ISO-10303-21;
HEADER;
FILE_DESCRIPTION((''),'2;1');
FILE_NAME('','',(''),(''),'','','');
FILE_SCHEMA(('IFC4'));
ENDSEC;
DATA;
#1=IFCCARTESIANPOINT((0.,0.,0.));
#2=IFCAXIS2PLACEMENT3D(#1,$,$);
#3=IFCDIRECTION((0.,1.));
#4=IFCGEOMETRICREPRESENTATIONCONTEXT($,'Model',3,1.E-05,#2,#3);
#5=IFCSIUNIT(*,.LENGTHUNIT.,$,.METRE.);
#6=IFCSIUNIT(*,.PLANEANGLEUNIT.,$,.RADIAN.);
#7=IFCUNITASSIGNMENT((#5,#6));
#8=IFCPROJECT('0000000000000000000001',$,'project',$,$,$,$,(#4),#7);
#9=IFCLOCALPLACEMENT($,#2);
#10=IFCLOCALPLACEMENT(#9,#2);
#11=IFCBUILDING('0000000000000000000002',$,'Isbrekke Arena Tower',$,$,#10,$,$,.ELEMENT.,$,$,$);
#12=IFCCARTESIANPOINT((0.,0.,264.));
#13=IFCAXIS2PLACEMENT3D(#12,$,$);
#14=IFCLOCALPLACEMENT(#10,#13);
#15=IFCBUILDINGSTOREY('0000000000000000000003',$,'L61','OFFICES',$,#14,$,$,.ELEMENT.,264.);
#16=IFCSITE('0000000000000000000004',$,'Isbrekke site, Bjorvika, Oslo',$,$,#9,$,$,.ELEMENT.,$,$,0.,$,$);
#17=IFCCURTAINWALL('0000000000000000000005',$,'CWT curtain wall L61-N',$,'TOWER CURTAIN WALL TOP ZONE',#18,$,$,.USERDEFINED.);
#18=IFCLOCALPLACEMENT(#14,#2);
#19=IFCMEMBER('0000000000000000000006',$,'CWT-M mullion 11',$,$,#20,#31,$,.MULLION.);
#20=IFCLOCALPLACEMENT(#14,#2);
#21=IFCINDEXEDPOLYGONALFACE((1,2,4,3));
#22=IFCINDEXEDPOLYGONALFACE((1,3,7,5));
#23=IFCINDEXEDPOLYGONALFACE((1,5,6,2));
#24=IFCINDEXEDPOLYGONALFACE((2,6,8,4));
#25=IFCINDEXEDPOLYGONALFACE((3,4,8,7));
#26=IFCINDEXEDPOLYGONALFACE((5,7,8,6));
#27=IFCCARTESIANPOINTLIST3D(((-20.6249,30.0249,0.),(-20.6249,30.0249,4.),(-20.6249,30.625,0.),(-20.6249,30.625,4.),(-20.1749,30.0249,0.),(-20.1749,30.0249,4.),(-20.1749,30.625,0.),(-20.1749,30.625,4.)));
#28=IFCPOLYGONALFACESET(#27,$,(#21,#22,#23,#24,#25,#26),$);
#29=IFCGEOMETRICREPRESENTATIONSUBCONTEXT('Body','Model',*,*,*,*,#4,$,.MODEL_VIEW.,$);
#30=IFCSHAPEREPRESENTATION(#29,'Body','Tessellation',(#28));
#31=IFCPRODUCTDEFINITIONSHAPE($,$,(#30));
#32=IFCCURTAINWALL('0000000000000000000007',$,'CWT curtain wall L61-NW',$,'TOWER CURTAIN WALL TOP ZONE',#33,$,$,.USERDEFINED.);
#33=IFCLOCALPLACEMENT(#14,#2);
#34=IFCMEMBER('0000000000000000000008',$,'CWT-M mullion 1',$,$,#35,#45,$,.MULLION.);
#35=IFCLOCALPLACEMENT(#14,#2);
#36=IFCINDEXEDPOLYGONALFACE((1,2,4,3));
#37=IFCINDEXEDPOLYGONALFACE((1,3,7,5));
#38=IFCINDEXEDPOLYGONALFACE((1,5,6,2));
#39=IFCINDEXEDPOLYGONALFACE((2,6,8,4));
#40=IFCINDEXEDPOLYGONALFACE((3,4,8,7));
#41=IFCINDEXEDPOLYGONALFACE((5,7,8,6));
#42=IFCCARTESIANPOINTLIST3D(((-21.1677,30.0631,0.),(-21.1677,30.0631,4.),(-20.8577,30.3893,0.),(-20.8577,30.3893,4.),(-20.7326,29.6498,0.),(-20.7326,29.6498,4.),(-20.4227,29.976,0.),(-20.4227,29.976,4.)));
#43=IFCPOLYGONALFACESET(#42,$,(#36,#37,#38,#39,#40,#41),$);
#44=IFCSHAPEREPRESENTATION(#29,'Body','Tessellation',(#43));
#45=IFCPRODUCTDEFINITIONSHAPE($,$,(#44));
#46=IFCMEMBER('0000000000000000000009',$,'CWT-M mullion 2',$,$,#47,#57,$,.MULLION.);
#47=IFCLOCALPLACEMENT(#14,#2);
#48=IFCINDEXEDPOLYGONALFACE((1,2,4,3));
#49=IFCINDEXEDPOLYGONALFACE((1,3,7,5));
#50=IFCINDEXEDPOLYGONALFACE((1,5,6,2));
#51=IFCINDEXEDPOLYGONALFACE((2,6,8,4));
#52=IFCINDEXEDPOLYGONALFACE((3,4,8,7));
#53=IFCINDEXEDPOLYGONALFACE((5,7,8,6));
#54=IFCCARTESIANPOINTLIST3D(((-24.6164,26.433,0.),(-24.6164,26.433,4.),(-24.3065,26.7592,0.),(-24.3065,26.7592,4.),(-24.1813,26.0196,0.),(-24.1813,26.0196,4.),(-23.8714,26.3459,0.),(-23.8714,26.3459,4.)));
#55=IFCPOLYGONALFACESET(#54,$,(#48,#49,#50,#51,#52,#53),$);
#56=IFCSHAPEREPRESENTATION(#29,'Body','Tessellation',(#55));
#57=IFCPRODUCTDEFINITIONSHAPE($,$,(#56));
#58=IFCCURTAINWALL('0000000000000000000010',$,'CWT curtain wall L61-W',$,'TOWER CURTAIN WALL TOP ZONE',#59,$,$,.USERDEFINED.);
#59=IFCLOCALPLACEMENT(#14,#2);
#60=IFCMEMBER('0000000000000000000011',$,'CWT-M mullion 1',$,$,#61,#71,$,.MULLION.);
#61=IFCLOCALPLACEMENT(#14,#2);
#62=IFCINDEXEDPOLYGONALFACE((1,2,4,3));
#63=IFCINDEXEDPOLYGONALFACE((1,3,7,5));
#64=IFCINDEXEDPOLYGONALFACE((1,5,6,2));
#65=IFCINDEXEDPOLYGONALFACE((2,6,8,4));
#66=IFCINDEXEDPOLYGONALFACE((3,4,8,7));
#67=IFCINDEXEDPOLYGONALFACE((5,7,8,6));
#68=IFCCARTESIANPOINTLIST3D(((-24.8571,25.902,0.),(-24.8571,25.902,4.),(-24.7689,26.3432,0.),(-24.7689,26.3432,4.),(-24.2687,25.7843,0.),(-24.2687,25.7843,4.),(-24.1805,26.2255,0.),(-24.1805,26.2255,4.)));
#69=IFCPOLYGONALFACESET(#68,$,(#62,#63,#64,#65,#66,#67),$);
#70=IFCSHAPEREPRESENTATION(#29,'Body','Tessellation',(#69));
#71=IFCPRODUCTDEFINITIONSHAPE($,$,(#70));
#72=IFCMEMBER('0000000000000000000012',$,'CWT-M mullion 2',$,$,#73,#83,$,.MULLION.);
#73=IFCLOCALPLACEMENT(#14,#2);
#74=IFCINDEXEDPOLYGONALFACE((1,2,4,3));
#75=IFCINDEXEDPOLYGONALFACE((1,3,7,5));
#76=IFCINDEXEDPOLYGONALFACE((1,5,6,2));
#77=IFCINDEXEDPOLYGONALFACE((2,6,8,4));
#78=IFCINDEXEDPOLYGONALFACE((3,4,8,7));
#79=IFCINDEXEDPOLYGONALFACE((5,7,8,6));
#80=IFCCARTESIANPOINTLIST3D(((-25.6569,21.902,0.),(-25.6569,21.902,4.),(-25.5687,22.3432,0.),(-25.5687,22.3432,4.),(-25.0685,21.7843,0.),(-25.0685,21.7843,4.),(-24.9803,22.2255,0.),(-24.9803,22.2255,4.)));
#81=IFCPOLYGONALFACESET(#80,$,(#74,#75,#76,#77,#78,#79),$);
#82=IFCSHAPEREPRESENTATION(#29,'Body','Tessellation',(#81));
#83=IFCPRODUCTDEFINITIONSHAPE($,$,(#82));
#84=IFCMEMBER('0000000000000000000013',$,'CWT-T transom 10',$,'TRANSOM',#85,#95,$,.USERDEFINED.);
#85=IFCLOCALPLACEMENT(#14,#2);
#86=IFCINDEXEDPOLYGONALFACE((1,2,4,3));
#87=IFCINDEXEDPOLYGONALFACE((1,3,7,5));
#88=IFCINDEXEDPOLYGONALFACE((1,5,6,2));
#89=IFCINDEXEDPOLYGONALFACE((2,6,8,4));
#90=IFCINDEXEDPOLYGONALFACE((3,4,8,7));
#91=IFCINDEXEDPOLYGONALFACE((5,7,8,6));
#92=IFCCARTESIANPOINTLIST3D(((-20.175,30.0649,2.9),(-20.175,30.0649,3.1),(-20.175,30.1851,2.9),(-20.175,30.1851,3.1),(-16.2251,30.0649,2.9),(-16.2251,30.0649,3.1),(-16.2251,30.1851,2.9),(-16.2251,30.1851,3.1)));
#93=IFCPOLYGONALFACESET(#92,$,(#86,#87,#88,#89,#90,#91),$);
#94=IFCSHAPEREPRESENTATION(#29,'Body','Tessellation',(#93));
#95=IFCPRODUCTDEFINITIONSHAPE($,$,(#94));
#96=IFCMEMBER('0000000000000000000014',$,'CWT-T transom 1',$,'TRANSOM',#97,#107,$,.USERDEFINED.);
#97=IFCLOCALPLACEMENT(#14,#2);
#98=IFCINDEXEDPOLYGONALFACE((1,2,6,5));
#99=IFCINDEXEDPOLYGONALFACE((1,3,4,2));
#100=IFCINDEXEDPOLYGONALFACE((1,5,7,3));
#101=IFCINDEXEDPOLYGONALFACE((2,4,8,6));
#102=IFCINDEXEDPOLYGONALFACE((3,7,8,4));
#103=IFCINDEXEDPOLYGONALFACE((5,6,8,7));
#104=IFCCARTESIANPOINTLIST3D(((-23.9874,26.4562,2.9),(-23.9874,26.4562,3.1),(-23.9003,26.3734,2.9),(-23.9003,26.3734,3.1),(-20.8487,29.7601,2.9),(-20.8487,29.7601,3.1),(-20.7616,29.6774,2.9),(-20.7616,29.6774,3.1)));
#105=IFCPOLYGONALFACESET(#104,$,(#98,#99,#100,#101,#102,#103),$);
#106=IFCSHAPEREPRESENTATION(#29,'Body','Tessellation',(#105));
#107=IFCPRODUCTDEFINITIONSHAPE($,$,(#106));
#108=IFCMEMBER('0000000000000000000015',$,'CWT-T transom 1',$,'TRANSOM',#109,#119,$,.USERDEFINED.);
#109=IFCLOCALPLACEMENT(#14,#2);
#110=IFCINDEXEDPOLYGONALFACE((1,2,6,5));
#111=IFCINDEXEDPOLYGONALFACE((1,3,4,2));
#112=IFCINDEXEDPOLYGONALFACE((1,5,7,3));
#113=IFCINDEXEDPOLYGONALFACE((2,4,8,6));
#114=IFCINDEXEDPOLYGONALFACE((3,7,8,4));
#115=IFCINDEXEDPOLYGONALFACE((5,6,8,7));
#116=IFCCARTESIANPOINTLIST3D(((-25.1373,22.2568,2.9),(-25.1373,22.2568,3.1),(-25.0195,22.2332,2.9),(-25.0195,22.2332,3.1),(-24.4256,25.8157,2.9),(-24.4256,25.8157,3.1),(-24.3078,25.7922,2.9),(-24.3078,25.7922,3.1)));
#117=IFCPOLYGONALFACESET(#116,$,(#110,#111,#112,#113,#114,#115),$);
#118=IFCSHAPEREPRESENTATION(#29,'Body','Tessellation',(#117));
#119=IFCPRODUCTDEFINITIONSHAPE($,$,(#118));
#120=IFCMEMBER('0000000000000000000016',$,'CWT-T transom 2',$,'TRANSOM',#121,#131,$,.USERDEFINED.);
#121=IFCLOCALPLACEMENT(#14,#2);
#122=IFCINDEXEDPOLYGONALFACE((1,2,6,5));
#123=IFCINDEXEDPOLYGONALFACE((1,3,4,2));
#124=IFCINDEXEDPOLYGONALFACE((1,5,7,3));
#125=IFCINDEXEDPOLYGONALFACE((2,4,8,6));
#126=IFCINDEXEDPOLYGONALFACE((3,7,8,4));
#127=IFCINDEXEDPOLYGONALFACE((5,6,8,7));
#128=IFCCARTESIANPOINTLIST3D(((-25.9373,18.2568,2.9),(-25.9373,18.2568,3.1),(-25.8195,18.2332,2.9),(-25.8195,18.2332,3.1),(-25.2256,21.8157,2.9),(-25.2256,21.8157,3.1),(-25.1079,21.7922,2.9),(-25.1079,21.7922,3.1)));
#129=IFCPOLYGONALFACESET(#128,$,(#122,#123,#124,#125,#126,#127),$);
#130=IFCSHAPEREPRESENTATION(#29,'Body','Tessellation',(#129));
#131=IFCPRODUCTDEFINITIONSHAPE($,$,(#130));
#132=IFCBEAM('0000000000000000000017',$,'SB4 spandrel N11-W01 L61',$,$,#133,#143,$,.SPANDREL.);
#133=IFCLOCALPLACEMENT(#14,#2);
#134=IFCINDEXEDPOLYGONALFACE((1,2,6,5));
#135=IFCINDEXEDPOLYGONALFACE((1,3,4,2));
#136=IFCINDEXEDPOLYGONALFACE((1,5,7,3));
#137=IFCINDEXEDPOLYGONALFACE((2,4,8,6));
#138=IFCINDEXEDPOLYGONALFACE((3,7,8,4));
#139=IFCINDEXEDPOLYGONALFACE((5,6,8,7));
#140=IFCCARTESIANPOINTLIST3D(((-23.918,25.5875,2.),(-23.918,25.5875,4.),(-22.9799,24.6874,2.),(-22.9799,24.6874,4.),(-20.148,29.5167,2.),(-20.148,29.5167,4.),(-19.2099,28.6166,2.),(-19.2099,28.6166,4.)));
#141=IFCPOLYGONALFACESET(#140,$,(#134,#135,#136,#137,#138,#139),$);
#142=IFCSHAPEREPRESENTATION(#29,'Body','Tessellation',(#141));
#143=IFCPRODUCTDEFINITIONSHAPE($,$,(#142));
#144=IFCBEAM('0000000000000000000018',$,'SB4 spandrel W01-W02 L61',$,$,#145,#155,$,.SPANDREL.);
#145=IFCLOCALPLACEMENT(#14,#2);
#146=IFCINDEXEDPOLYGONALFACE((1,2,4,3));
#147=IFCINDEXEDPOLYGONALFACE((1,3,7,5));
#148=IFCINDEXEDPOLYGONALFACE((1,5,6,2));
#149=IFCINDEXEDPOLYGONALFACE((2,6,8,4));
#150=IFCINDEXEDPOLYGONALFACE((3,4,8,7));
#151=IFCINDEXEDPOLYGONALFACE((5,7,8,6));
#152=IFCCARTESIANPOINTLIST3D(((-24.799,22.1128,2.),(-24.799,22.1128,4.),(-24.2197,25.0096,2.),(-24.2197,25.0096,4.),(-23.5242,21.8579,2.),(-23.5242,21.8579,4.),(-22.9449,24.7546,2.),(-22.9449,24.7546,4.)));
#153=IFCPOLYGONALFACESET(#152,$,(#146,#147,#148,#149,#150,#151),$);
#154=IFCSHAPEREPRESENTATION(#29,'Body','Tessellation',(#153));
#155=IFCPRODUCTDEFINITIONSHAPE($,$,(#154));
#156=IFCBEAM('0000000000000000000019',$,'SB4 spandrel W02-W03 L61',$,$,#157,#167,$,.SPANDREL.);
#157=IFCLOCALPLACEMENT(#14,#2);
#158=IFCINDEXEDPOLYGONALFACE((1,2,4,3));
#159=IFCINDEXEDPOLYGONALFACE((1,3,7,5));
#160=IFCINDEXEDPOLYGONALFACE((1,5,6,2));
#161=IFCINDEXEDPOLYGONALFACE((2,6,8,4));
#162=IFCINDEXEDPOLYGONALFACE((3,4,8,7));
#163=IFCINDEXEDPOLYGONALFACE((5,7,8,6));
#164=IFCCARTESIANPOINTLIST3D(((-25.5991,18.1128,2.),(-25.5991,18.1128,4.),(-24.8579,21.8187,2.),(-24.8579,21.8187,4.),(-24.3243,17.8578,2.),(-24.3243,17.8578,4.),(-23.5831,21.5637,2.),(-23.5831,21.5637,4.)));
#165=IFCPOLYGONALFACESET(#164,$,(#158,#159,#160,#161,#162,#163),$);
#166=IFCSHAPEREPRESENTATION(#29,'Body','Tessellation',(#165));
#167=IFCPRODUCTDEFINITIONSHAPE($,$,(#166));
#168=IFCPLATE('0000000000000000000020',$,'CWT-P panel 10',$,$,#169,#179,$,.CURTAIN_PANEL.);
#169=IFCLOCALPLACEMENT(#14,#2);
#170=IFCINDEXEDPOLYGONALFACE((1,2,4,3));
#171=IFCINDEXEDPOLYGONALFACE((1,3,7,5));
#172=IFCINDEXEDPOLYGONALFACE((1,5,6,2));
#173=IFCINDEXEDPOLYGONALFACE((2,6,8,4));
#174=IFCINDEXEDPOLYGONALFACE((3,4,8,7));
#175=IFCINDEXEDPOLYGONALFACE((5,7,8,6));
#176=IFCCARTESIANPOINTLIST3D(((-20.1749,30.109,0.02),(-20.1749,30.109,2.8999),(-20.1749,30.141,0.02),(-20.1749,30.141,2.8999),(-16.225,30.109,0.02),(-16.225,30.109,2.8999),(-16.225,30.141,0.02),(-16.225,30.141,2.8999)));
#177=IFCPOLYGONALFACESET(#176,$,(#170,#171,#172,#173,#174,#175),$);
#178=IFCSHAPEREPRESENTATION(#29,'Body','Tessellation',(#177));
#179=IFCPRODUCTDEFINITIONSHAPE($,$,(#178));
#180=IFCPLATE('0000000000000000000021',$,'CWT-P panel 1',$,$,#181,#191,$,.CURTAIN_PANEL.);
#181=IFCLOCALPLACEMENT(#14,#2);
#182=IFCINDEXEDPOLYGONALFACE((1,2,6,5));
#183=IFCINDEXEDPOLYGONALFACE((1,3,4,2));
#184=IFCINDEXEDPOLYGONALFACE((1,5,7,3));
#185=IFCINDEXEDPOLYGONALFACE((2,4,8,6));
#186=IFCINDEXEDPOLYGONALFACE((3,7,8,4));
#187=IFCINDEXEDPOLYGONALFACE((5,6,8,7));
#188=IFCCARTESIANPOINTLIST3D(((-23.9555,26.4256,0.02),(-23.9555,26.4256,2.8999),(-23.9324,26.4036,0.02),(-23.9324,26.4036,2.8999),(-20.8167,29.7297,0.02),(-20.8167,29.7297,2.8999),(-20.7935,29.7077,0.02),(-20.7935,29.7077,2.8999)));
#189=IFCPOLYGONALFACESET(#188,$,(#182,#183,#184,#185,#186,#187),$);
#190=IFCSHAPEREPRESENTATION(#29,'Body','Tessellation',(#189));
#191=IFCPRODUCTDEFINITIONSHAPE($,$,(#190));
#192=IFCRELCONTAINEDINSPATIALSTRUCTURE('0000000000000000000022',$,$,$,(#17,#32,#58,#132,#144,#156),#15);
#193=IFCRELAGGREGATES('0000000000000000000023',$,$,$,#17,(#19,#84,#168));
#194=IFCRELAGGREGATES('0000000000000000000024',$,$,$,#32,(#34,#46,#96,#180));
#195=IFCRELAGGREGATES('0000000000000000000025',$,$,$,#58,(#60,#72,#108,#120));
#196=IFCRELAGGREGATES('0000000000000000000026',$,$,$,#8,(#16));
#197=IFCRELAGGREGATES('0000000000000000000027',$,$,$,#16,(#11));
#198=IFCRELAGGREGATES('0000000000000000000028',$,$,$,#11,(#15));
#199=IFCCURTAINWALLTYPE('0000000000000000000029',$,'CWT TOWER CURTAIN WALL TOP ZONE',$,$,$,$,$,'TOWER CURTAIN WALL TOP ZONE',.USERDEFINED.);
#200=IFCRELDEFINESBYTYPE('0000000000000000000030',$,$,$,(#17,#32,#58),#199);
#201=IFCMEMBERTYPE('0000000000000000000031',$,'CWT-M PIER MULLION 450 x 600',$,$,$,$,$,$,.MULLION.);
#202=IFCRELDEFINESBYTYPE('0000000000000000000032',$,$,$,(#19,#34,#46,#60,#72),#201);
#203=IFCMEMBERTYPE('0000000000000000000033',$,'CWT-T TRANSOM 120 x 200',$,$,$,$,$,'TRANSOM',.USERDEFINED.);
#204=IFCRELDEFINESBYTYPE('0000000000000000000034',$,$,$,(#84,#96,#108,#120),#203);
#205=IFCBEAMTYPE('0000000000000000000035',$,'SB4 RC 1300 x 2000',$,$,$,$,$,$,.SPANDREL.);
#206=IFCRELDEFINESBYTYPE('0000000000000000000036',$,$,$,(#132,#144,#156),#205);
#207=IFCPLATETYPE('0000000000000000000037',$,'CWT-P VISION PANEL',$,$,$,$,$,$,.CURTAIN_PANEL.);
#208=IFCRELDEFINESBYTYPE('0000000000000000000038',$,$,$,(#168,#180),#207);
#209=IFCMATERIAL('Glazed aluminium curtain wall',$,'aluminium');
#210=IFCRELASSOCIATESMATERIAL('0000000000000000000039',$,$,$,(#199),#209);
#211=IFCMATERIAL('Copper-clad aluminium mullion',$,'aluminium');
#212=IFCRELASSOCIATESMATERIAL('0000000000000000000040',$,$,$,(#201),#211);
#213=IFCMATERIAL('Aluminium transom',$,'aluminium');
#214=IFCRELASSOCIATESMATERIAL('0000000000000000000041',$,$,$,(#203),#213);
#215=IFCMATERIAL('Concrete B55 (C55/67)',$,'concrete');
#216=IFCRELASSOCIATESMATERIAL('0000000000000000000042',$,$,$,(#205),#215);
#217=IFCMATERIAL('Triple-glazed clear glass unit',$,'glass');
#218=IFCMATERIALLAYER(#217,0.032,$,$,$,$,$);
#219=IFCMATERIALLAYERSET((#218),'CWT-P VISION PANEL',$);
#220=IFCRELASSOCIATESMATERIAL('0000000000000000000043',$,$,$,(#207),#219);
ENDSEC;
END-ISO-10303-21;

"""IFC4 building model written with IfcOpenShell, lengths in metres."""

from ifc_helpers import new_model, si_unit, direction, frame, origin, origin_2d, place, context, subcontext, project, spatial, rectangle, extrude, material, layer, layer_set, material_profile, profile_set, type_object, element, aggregate, save


model = new_model("IFC4")

# Units and contexts
model_context = context("Model", 3, precision=1e-05, world=origin(), true_north=direction((0.0, 1.0)))
body_context = subcontext(model_context, "Body", "Model", "MODEL_VIEW")
ifc_project = project(units=[si_unit("LENGTHUNIT", "METRE"), si_unit("PLANEANGLEUNIT", "RADIAN")], contexts=[model_context])

# Site, building, storey
site_placement = place(None, origin())
site = spatial("IfcSite", under=ifc_project, at=site_placement, Name="Isbrekke site, Bjorvika, Oslo", CompositionType="ELEMENT", RefElevation=0.0)
building_placement = place(site_placement, origin())
building = spatial("IfcBuilding", under=site, at=building_placement, Name="Isbrekke Arena Tower", CompositionType="ELEMENT")
storey_placement = place(building_placement, frame((0.0, 0.0, 264.0)))
storey = spatial("IfcBuildingStorey", under=building, at=storey_placement, Name="L61", Description="OFFICES", CompositionType="ELEMENT", Elevation=264.0)

# Curtain wall, member
ifc_material_1 = material(Name="Glazed aluminium curtain wall", Category="aluminium")
curtain_wall_type = type_object("IfcCurtainWallType", Name="CWT TOWER CURTAIN WALL TOP ZONE", ElementType="TOWER CURTAIN WALL TOP ZONE", PredefinedType="USERDEFINED", material=ifc_material_1)
curtain_wall_1_placement = place(storey_placement, origin())
curtain_wall_1 = element("IfcCurtainWall", 1, at=curtain_wall_1_placement, inside=storey, type_object=curtain_wall_type, Name="CWT curtain wall L61-N", ObjectType="TOWER CURTAIN WALL TOP ZONE", PredefinedType="USERDEFINED")
ifc_material_2 = material(Name="Copper-clad aluminium mullion", Category="aluminium")
ifc_material_profile_1 = material_profile(ifc_material_2, rectangle(XDim=0.45, YDim=0.6001, at=origin_2d()), Name="PIER 450X600")
ifc_profile_set_1 = profile_set([ifc_material_profile_1], Name="Copper-clad aluminium mullion")
member_type_1 = type_object("IfcMemberType", Name="CWT-M PIER MULLION 450 x 600", PredefinedType="MULLION", material=ifc_profile_set_1)
member_1_placement = place(storey_placement, frame((-20.3999, 30.325, 0.0), z_axis=(0.0, 0.0, 1.0), x_axis=(-1.0, 0.0, 0.0)))
member_1 = element("IfcMember", 2, at=member_1_placement, type_object=member_type_1, Name="CWT-M mullion 11", PredefinedType="MULLION", context=body_context, shape_type="SweptSolid", body=[
    extrude(rectangle(XDim=0.45, YDim=0.6001, at=origin_2d()), origin(), (0.0, 0.0, 1.0), 4.0),
])

# Curtain walls, members
curtain_wall_2_placement = place(storey_placement, origin())
curtain_wall_2 = element("IfcCurtainWall", 3, at=curtain_wall_2_placement, inside=storey, type_object=curtain_wall_type, Name="CWT curtain wall L61-NW", ObjectType="TOWER CURTAIN WALL TOP ZONE", PredefinedType="USERDEFINED")
member_2_placement = place(storey_placement, frame((-20.7952, 30.0195, 0.0), z_axis=(0.0, 0.0, 1.0), x_axis=(-0.688749, -0.724999, 0.0)))
member_2 = element("IfcMember", 4, at=member_2_placement, type_object=member_type_1, Name="CWT-M mullion 1", PredefinedType="MULLION", context=body_context, shape_type="SweptSolid", body=[
    extrude(rectangle(XDim=0.45, YDim=0.6001, at=origin_2d()), origin(), (0.0, 0.0, 1.0), 4.0),
])
member_3_placement = place(storey_placement, frame((-24.2439, 26.3894, 0.0), z_axis=(0.0, 0.0, 1.0), x_axis=(-0.688749, -0.724999, 0.0)))
member_3 = element("IfcMember", 5, at=member_3_placement, type_object=member_type_1, Name="CWT-M mullion 2", PredefinedType="MULLION", context=body_context, shape_type="SweptSolid", body=[
    extrude(rectangle(XDim=0.45, YDim=0.6001, at=origin_2d()), origin(), (0.0, 0.0, 1.0), 4.0),
])
curtain_wall_3_placement = place(storey_placement, origin())
curtain_wall_3 = element("IfcCurtainWall", 6, at=curtain_wall_3_placement, inside=storey, type_object=curtain_wall_type, Name="CWT curtain wall L61-W", ObjectType="TOWER CURTAIN WALL TOP ZONE", PredefinedType="USERDEFINED")
member_4_placement = place(storey_placement, frame((-24.5188, 26.0637, 0.0), z_axis=(0.0, 0.0, 1.0), x_axis=(-0.196116, -0.980581, 0.0)))
member_4 = element("IfcMember", 7, at=member_4_placement, type_object=member_type_1, Name="CWT-M mullion 1", PredefinedType="MULLION", context=body_context, shape_type="SweptSolid", body=[
    extrude(rectangle(XDim=0.45, YDim=0.6001, at=origin_2d()), origin(), (0.0, 0.0, 1.0), 4.0),
])
member_5_placement = place(storey_placement, frame((-25.3186, 22.0637, 0.0), z_axis=(0.0, 0.0, 1.0), x_axis=(-0.196116, -0.980581, 0.0)))
member_5 = element("IfcMember", 8, at=member_5_placement, type_object=member_type_1, Name="CWT-M mullion 2", PredefinedType="MULLION", context=body_context, shape_type="SweptSolid", body=[
    extrude(rectangle(XDim=0.45, YDim=0.6001, at=origin_2d()), origin(), (0.0, 0.0, 1.0), 4.0),
])

# Members
ifc_material_3 = material(Name="Aluminium transom", Category="aluminium")
ifc_material_profile_2 = material_profile(ifc_material_3, rectangle(XDim=0.1201, YDim=0.2, at=origin_2d()), Name="TRANSOM 120X200")
ifc_profile_set_2 = profile_set([ifc_material_profile_2], Name="Aluminium transom")
member_type_2 = type_object("IfcMemberType", Name="CWT-T TRANSOM 120 x 200", ElementType="TRANSOM", PredefinedType="USERDEFINED", material=ifc_profile_set_2)
member_6_placement = place(storey_placement, frame((-16.2251, 30.125, 3.0), z_axis=(-1.0, 0.0, 0.0), x_axis=(0.0, -1.0, 0.0)))
member_6 = element("IfcMember", 9, at=member_6_placement, type_object=member_type_2, Name="CWT-T transom 10", ObjectType="TRANSOM", PredefinedType="USERDEFINED", context=body_context, shape_type="SweptSolid", body=[
    extrude(rectangle(XDim=0.1201, YDim=0.2, at=origin_2d()), origin(), (0.0, 0.0, 1.0), 3.95),
])
member_7_placement = place(storey_placement, frame((-20.8052, 29.7188, 3.0), z_axis=(-0.68874, -0.725009, 0.0), x_axis=(0.725009, -0.68874, 0.0)))
member_7 = element("IfcMember", 10, at=member_7_placement, type_object=member_type_2, Name="CWT-T transom 1", ObjectType="TRANSOM", PredefinedType="USERDEFINED", context=body_context, shape_type="SweptSolid", body=[
    extrude(rectangle(XDim=0.1201, YDim=0.2, at=origin_2d()), origin(), (0.0, 0.0, 1.0), 4.5571),
])
member_8_placement = place(storey_placement, frame((-24.3667, 25.804, 3.0), z_axis=(-0.19609, -0.980586, 0.0), x_axis=(0.980586, -0.19609, 0.0)))
member_8 = element("IfcMember", 11, at=member_8_placement, type_object=member_type_2, Name="CWT-T transom 1", ObjectType="TRANSOM", PredefinedType="USERDEFINED", context=body_context, shape_type="SweptSolid", body=[
    extrude(rectangle(XDim=0.1201, YDim=0.2, at=origin_2d()), origin(), (0.0, 0.0, 1.0), 3.6294),
])
member_9_placement = place(storey_placement, frame((-25.1667, 21.804, 3.0), z_axis=(-0.19609, -0.980586, 0.0), x_axis=(0.980586, -0.19609, 0.0)))
member_9 = element("IfcMember", 12, at=member_9_placement, type_object=member_type_2, Name="CWT-T transom 2", ObjectType="TRANSOM", PredefinedType="USERDEFINED", context=body_context, shape_type="SweptSolid", body=[
    extrude(rectangle(XDim=0.1201, YDim=0.2, at=origin_2d()), origin(), (0.0, 0.0, 1.0), 3.6294),
])

# Beams
ifc_material_4 = material(Name="Concrete B55 (C55/67)", Category="concrete")
ifc_material_profile_3 = material_profile(ifc_material_4, rectangle(XDim=1.3, YDim=2.0, at=origin_2d()), Name="RC 1300x2000")
ifc_profile_set_3 = profile_set([ifc_material_profile_3], Name="Concrete B55 (C55/67)")
beam_type_1 = type_object("IfcBeamType", Name="SB4 RC 1300 x 2000", PredefinedType="SPANDREL", material=ifc_profile_set_3)
beam_1_placement = place(storey_placement, frame((-19.679, 29.0667, 3.0), z_axis=(-0.69234, -0.721572, 0.0), x_axis=(0.721572, -0.69234, 0.0)))
element("IfcBeam", 13, at=beam_1_placement, inside=storey, type_object=beam_type_1, Name="SB4 spandrel N11-W01 L61", PredefinedType="SPANDREL", context=body_context, shape_type="SweptSolid", body=[
    extrude(rectangle(XDim=1.3, YDim=2.0, at=origin_2d()), origin(), (0.0, 0.0, 1.0), 5.4453),
])
beam_2_placement = place(storey_placement, frame((-23.5823, 24.8821, 3.0), z_axis=(-0.196116, -0.980581, 0.0), x_axis=(0.980581, -0.196116, 0.0)))
element("IfcBeam", 14, at=beam_2_placement, inside=storey, type_object=beam_type_1, Name="SB4 spandrel W01-W02 L61", PredefinedType="SPANDREL", context=body_context, shape_type="SweptSolid", body=[
    extrude(rectangle(XDim=1.3, YDim=2.0, at=origin_2d()), origin(), (0.0, 0.0, 1.0), 2.9541),
])
beam_3_placement = place(storey_placement, frame((-24.2205, 21.6912, 3.0), z_axis=(-0.196129, -0.980578, 0.0), x_axis=(0.980578, -0.196129, 0.0)))
element("IfcBeam", 15, at=beam_3_placement, inside=storey, type_object=beam_type_1, Name="SB4 spandrel W02-W03 L61", PredefinedType="SPANDREL", context=body_context, shape_type="SweptSolid", body=[
    extrude(rectangle(XDim=1.3, YDim=2.0, at=origin_2d()), origin(), (0.0, 0.0, 1.0), 3.7793),
])

# Plates
ifc_material_5 = material(Name="Triple-glazed clear glass unit", Category="glass")
ifc_layer_1 = layer(ifc_material_5, 0.032)
ifc_layer_set_1 = layer_set([ifc_layer_1], Name="CWT-P VISION PANEL")
plate_type = type_object("IfcPlateType", Name="CWT-P VISION PANEL", PredefinedType="CURTAIN_PANEL", material=ifc_layer_set_1)
plate_1_placement = place(storey_placement, frame((-18.2, 30.125, 0.02), z_axis=(0.0, 0.0, 1.0), x_axis=(-1.0, 0.0, 0.0)))
plate_1 = element("IfcPlate", 16, at=plate_1_placement, type_object=plate_type, Name="CWT-P panel 10", PredefinedType="CURTAIN_PANEL", context=body_context, shape_type="SweptSolid", body=[
    extrude(rectangle(XDim=3.95, YDim=0.032, at=origin_2d()), origin(), (0.0, 0.0, 1.0), 2.8799),
])
aggregate(curtain_wall_1, [member_1, member_6, plate_1])
plate_2_placement = place(storey_placement, frame((-22.3745, 28.0667, 0.02), z_axis=(0.0, 0.0, 1.0), x_axis=(-0.688749, -0.724999, 0.0)))
plate_2 = element("IfcPlate", 17, at=plate_2_placement, type_object=plate_type, Name="CWT-P panel 1", PredefinedType="CURTAIN_PANEL", context=body_context, shape_type="SweptSolid", body=[
    extrude(rectangle(XDim=4.5574, YDim=0.032, at=origin_2d()), origin(), (0.0, 0.0, 1.0), 2.8799),
])
aggregate(curtain_wall_2, [member_2, member_3, member_7, plate_2])
aggregate(curtain_wall_3, [member_4, member_5, member_8, member_9])

save(model, "model.ifc")
